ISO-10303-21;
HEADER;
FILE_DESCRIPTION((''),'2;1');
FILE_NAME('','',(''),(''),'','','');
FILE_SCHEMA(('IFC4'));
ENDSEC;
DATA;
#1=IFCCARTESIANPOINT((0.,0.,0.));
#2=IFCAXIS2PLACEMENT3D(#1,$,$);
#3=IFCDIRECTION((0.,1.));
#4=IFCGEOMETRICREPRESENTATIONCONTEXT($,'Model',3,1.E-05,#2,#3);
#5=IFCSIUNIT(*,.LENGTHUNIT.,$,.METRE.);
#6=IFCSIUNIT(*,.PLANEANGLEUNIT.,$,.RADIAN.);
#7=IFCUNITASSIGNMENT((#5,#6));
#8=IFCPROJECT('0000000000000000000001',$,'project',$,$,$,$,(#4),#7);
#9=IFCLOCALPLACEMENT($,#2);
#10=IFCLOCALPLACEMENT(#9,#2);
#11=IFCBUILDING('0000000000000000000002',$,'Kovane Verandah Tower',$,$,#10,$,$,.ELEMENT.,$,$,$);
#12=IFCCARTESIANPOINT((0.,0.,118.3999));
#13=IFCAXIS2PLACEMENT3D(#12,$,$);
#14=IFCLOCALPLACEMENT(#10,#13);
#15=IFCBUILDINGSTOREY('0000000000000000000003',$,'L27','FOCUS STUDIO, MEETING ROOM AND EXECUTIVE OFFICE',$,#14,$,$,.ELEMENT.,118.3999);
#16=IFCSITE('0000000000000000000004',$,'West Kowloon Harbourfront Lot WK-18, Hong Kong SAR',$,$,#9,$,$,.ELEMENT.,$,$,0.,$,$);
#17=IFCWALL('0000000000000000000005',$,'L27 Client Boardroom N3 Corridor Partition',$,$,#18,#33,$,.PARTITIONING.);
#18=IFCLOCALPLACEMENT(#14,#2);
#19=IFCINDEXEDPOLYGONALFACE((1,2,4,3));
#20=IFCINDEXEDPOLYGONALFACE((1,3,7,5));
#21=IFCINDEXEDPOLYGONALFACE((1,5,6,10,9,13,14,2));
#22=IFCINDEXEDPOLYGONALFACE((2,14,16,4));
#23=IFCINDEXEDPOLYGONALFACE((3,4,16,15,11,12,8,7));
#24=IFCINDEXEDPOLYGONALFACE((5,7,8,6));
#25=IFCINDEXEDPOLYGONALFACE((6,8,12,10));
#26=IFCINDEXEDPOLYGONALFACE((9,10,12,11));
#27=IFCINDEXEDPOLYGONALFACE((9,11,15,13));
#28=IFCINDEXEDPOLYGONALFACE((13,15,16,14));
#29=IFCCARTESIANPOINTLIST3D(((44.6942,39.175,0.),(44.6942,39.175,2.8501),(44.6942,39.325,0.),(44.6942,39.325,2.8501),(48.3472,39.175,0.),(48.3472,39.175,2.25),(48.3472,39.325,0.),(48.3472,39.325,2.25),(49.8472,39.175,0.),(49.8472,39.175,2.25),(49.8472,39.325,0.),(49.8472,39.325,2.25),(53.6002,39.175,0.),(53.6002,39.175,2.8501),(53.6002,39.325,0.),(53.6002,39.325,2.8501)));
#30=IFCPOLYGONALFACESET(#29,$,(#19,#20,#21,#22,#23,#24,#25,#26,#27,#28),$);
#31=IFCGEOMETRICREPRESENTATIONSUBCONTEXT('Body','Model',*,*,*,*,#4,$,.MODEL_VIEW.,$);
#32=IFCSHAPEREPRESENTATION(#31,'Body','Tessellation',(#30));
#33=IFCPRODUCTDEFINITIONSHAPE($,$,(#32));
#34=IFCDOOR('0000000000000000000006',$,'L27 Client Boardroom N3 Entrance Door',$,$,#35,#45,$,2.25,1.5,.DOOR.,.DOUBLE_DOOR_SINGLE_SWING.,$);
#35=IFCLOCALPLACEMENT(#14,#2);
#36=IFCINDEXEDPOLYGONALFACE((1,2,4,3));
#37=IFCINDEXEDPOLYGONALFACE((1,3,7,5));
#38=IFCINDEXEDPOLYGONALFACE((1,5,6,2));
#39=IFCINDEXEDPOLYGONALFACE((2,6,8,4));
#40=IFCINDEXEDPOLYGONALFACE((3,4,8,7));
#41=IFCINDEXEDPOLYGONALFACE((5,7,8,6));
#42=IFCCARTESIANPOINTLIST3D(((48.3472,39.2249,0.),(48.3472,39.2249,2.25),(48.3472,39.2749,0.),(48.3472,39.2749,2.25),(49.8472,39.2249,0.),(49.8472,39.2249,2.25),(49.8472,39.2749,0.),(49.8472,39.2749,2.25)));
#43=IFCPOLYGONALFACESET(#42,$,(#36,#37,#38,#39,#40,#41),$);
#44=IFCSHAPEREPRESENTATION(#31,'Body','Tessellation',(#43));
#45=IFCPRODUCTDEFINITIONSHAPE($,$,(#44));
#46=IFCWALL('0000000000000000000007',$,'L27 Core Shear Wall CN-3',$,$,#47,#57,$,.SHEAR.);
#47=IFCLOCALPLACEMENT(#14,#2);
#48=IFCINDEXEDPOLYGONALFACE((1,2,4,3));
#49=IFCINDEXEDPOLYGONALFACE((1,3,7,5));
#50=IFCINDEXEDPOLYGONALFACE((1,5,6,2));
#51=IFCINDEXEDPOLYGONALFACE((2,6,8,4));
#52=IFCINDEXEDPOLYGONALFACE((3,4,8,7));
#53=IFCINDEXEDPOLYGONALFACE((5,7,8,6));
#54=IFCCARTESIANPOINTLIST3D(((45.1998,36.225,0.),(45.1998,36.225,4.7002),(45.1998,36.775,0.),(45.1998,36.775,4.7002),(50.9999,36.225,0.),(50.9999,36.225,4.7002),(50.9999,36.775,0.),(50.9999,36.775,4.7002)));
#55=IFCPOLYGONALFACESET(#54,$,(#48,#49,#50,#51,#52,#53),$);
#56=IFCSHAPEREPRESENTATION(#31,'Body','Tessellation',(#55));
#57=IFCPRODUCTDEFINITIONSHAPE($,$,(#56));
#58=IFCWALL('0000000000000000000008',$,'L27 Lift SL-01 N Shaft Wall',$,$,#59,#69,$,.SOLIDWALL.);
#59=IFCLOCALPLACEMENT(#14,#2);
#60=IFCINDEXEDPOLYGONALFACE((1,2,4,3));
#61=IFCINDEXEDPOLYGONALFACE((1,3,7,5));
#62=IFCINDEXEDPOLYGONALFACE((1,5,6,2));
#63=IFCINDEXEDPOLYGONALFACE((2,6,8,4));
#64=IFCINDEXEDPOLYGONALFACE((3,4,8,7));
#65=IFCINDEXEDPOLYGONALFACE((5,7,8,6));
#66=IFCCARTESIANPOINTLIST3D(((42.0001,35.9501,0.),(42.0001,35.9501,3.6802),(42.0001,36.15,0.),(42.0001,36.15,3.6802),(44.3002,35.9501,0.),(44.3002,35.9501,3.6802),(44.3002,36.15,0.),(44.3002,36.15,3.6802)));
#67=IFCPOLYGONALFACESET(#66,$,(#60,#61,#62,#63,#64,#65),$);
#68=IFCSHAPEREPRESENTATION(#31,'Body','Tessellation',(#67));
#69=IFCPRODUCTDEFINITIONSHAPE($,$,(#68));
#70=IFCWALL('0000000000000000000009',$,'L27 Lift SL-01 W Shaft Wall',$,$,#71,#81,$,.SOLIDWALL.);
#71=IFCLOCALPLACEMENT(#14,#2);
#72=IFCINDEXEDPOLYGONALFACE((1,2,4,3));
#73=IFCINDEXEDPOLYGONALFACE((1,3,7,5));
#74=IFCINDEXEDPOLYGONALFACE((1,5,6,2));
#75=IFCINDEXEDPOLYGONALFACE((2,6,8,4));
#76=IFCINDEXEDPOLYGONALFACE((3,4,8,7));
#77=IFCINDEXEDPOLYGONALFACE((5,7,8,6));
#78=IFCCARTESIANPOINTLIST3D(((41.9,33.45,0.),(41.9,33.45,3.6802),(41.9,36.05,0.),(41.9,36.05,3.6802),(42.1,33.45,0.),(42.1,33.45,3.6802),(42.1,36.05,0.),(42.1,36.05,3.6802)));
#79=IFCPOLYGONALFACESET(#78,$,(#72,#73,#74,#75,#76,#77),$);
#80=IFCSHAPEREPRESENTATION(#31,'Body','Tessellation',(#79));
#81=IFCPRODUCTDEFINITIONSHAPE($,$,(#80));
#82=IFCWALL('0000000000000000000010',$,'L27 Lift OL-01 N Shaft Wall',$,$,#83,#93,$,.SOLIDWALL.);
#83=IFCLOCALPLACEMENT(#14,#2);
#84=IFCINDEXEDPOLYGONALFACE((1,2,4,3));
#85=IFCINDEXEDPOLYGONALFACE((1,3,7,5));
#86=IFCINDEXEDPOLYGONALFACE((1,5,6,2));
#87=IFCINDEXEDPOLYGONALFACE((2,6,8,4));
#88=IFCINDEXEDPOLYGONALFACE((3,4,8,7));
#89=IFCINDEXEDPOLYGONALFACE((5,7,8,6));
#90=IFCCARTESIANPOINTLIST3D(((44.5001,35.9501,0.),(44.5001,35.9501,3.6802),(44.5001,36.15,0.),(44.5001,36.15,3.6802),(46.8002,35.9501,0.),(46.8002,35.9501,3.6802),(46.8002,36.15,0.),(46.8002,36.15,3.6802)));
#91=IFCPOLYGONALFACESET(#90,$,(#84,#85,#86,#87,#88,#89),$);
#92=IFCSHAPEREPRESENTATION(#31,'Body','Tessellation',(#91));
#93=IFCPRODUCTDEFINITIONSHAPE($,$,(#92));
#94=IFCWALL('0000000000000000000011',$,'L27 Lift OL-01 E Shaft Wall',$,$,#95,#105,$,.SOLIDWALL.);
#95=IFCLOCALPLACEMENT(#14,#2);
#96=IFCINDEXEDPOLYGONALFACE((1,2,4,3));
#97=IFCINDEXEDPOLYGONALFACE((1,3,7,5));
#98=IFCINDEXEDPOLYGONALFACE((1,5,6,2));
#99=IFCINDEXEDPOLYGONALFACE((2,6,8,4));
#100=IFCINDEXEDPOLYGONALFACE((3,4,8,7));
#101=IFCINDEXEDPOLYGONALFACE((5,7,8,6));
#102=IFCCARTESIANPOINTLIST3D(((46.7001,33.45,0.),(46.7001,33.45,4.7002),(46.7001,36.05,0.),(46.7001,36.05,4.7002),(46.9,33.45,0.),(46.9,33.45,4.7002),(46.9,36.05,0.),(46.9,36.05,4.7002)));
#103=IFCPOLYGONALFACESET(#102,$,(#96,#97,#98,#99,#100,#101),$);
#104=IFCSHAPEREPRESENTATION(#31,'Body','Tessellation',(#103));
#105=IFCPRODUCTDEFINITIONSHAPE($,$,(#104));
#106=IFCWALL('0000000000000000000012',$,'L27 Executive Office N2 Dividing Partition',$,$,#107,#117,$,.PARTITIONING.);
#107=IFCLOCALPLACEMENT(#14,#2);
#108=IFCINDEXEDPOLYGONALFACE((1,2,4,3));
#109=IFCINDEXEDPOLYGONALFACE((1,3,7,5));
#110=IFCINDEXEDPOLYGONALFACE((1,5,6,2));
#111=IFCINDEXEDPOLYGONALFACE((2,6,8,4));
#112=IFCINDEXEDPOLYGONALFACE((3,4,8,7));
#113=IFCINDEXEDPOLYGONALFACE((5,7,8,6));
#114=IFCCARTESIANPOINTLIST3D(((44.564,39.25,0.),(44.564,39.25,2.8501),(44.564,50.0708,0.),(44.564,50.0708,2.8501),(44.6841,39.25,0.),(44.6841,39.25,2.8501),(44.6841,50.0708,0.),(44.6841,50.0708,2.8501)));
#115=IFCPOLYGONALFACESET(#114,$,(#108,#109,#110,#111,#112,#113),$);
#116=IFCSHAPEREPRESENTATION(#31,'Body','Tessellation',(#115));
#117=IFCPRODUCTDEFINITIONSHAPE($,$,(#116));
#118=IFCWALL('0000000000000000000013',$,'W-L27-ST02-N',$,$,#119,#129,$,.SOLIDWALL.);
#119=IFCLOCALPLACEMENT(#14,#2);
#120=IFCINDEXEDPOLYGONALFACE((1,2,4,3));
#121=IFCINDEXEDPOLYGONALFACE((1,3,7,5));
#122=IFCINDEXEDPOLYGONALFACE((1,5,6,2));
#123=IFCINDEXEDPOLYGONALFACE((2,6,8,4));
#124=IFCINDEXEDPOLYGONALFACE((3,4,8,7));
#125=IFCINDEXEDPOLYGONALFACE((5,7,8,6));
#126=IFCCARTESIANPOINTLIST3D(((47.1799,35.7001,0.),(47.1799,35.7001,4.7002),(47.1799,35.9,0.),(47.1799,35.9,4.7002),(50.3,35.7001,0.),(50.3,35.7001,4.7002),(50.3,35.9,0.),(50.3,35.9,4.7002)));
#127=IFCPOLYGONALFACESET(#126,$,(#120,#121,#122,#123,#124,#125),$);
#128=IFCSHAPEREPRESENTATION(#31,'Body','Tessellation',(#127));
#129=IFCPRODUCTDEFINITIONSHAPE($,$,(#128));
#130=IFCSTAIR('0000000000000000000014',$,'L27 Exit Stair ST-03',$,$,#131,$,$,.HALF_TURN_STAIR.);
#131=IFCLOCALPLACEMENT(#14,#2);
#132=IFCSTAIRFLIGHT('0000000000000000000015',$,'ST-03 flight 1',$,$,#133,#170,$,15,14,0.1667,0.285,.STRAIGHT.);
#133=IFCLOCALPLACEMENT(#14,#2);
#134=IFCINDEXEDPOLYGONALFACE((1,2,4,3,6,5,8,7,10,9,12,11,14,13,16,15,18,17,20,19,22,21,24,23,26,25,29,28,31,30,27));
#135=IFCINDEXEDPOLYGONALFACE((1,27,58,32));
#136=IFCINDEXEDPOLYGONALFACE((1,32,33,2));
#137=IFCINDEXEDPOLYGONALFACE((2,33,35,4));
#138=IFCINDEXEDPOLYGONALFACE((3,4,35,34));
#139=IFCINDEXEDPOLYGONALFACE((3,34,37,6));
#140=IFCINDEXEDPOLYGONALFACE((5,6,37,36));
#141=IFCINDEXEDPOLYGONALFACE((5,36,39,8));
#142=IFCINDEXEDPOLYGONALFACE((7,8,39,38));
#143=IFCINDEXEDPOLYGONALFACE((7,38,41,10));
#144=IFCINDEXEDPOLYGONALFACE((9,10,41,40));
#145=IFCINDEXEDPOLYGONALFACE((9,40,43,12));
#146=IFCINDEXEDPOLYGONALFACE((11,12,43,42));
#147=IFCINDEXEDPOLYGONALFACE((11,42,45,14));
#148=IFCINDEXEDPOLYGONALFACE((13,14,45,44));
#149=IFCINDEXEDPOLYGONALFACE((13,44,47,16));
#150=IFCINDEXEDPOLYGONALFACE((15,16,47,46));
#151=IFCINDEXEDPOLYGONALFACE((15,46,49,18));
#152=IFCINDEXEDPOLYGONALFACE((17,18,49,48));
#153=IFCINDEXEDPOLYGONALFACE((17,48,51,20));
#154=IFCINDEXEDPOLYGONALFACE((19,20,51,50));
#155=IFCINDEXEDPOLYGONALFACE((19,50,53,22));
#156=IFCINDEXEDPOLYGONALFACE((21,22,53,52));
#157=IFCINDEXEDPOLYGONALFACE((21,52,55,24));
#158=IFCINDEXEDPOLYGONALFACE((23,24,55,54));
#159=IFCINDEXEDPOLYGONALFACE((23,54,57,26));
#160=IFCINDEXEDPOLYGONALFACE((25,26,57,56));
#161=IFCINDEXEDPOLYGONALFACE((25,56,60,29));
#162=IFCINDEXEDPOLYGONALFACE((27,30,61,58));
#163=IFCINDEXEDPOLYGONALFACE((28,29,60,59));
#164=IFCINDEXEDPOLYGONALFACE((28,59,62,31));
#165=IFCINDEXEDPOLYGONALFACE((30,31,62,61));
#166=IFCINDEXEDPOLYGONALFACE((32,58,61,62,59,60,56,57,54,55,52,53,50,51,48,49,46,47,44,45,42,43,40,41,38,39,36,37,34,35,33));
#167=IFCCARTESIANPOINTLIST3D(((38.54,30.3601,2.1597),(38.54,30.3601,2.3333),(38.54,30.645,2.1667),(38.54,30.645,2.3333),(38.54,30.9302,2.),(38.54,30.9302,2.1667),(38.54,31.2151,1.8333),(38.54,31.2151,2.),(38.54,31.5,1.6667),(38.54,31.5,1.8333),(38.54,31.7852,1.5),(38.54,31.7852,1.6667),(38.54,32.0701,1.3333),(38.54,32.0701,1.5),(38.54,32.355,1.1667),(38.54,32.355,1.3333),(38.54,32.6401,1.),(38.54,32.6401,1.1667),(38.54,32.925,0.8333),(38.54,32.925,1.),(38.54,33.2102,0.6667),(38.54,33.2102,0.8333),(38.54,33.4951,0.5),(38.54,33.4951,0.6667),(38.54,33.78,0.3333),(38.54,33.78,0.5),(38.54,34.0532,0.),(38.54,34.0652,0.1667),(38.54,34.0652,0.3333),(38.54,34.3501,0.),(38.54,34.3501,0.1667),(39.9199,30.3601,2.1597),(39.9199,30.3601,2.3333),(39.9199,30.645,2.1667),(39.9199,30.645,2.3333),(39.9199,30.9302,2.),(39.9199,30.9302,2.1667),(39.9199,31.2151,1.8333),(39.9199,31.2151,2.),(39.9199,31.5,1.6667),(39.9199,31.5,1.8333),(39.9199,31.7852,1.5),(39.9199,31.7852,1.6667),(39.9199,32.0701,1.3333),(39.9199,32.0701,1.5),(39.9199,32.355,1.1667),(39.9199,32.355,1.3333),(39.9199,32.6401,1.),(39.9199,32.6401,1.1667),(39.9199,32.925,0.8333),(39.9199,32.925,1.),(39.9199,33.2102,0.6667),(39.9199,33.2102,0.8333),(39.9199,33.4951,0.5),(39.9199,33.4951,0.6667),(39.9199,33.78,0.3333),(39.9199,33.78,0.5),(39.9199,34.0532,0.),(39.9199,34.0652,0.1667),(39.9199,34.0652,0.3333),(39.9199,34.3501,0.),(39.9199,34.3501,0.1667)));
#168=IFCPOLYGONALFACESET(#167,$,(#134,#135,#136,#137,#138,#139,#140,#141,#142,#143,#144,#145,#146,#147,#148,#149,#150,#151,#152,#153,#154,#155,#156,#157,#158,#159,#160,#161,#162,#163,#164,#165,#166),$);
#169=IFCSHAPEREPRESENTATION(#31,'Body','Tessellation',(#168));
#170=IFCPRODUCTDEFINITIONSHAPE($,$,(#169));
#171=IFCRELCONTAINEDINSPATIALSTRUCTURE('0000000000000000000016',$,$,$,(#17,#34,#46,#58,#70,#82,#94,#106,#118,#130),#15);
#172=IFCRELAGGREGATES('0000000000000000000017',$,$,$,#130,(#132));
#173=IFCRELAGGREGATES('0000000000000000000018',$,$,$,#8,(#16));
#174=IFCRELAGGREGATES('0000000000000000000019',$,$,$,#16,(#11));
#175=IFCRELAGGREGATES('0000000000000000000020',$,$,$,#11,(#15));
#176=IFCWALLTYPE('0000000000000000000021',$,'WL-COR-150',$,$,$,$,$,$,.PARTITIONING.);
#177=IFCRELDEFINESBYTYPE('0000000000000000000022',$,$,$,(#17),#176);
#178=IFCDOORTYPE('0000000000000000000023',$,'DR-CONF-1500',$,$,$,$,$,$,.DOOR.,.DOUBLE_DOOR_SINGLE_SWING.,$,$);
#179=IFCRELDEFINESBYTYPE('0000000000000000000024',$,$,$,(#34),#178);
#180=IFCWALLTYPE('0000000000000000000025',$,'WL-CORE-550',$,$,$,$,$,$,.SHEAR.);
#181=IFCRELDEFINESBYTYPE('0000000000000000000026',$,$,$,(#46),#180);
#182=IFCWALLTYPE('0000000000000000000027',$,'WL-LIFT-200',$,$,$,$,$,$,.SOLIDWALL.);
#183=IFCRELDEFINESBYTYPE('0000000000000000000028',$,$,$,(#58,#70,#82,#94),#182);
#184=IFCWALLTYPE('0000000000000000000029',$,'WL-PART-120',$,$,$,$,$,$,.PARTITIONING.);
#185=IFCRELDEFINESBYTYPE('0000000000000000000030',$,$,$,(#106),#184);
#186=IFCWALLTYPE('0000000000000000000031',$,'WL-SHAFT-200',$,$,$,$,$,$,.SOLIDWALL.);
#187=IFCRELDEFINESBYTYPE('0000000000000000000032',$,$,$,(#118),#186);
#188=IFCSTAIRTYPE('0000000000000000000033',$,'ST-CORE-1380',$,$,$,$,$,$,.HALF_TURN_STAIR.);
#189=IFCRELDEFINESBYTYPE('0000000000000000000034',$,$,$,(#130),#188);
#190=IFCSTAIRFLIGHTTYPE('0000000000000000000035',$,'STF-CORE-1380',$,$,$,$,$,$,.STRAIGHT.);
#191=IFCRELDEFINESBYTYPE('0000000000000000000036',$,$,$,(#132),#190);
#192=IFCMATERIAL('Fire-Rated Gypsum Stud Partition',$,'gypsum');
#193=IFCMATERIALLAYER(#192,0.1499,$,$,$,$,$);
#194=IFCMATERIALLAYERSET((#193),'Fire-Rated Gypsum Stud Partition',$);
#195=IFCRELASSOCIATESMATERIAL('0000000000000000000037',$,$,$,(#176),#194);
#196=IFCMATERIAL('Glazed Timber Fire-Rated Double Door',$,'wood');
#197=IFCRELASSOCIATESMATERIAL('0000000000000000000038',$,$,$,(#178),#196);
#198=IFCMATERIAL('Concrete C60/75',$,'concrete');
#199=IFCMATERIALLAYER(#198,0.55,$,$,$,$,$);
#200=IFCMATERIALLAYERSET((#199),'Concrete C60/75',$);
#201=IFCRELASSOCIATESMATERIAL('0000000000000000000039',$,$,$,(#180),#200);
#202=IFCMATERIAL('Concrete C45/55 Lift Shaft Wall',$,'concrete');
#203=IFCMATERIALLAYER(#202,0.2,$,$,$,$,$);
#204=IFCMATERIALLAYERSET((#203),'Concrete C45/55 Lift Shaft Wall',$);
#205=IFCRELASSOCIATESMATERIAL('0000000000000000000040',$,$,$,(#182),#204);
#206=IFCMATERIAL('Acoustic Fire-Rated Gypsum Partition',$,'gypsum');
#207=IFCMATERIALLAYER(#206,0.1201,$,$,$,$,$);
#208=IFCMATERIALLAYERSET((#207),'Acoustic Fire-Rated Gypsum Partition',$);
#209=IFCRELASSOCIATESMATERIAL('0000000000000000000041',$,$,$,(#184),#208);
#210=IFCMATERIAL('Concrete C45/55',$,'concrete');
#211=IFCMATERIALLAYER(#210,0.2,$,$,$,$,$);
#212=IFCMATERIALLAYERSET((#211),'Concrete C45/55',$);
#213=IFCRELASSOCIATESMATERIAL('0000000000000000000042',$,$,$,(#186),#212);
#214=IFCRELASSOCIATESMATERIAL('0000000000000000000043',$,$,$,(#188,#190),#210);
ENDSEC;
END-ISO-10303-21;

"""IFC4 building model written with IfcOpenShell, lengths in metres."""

from ifc_helpers import new_model, si_unit, direction, frame, frame_2d, origin, place, context, subcontext, project, spatial, polyline, rectangle, outline, extrude, material, layer, layer_set, type_object, element, fill, aggregate, save


model = new_model("IFC4")

# Units and contexts
model_context = context("Model", 3, precision=1e-05, world=origin(), true_north=direction((0.0, 1.0)))
body_context = subcontext(model_context, "Body", "Model", "MODEL_VIEW")
ifc_project = project(units=[si_unit("LENGTHUNIT", "METRE"), si_unit("PLANEANGLEUNIT", "RADIAN")], contexts=[model_context])

# Site, building, storey
site_placement = place(None, origin())
site = spatial("IfcSite", under=ifc_project, at=site_placement, Name="West Kowloon Harbourfront Lot WK-18, Hong Kong SAR", CompositionType="ELEMENT", RefElevation=0.0)
building_placement = place(site_placement, origin())
building = spatial("IfcBuilding", under=site, at=building_placement, Name="Kovane Verandah Tower", CompositionType="ELEMENT")
storey_placement = place(building_placement, frame((0.0, 0.0, 118.3999)))
storey = spatial("IfcBuildingStorey", under=building, at=storey_placement, Name="L27", Description="FOCUS STUDIO, MEETING ROOM AND EXECUTIVE OFFICE", CompositionType="ELEMENT", Elevation=118.3999)

# Shared definitions
ifc_material_1 = material(Name="Concrete C60/75", Category="concrete")

# Wall, opening, door
ifc_material_2 = material(Name="Fire-Rated Gypsum Stud Partition", Category="gypsum")
ifc_layer_1 = layer(ifc_material_2, 0.1499)
ifc_layer_set_1 = layer_set([ifc_layer_1], Name="Fire-Rated Gypsum Stud Partition")
wall_type_1 = type_object("IfcWallType", Name="WL-COR-150", PredefinedType="PARTITIONING", material=ifc_layer_set_1)
wall_1_placement = place(storey_placement, frame((44.6941, 39.25, 0.0), z_axis=(0.0, 0.0, 1.0), x_axis=(1.0, 0.0, 0.0)))
wall_1 = element("IfcWall", 1, at=wall_1_placement, inside=storey, type_object=wall_type_1, Name="L27 Client Boardroom N3 Corridor Partition", PredefinedType="PARTITIONING", context=body_context, shape_type="SweptSolid", body=[
    extrude(rectangle(XDim=8.906, YDim=0.1499, at=frame_2d((4.4531, 0.0))), origin(), (0.0, 0.0, 1.0), 2.8501),
])
opening_placement = place(wall_1_placement, frame((3.6531, 0.0, 0.0)))
opening = element("IfcOpeningElement", 2, at=opening_placement, cuts=wall_1, PredefinedType="OPENING", context=body_context, shape_type="SweptSolid", body=[
    extrude(rectangle(XDim=1.5, YDim=2.25, at=frame_2d((0.75, 1.125))), frame((0.0, 0.075, 0.0), z_axis=(0.0, -1.0, 0.0), x_axis=(1.0, 0.0, 0.0)), (0.0, 0.0, 1.0), 0.1499),
])
ifc_material_3 = material(Name="Glazed Timber Fire-Rated Double Door", Category="wood")
door_type = type_object("IfcDoorType", Name="DR-CONF-1500", OperationType="DOUBLE_DOOR_SINGLE_SWING", PredefinedType="DOOR", material=ifc_material_3)
door_placement = place(opening_placement, origin())
door = element("IfcDoor", 3, at=door_placement, inside=storey, type_object=door_type, Name="L27 Client Boardroom N3 Entrance Door", OperationType="DOUBLE_DOOR_SINGLE_SWING", OverallHeight=2.25, OverallWidth=1.5, PredefinedType="DOOR", context=body_context, shape_type="SweptSolid", body=[
    extrude(rectangle(XDim=1.5, YDim=2.25, at=frame_2d((0.75, 1.125))), frame((0.0, 0.0249, 0.0), z_axis=(0.0, -1.0, 0.0), x_axis=(1.0, 0.0, 0.0)), (0.0, 0.0, 1.0), 0.05),
])
fill(opening, door)

# Walls
ifc_layer_2 = layer(ifc_material_1, 0.55)
ifc_layer_set_2 = layer_set([ifc_layer_2], Name="Concrete C60/75")
wall_type_2 = type_object("IfcWallType", Name="WL-CORE-550", PredefinedType="SHEAR", material=ifc_layer_set_2)
wall_2_placement = place(storey_placement, frame((45.2, 36.5, 0.0), z_axis=(0.0, 0.0, 1.0), x_axis=(1.0, 0.0, 0.0)))
element("IfcWall", 4, at=wall_2_placement, inside=storey, type_object=wall_type_2, Name="L27 Core Shear Wall CN-3", PredefinedType="SHEAR", context=body_context, shape_type="SweptSolid", body=[
    extrude(rectangle(XDim=5.8, YDim=0.55, at=frame_2d((2.8999, 0.0))), origin(), (0.0, 0.0, 1.0), 4.7002),
])
ifc_material_4 = material(Name="Concrete C45/55 Lift Shaft Wall", Category="concrete")
ifc_layer_3 = layer(ifc_material_4, 0.2)
ifc_layer_set_3 = layer_set([ifc_layer_3], Name="Concrete C45/55 Lift Shaft Wall")
wall_type_3 = type_object("IfcWallType", Name="WL-LIFT-200", PredefinedType="SOLIDWALL", material=ifc_layer_set_3)
wall_3_placement = place(storey_placement, frame((44.3, 36.05, 0.0), z_axis=(0.0, 0.0, 1.0), x_axis=(-1.0, 0.0, 0.0)))
element("IfcWall", 5, at=wall_3_placement, inside=storey, type_object=wall_type_3, Name="L27 Lift SL-01 N Shaft Wall", PredefinedType="SOLIDWALL", context=body_context, shape_type="SweptSolid", body=[
    extrude(rectangle(XDim=2.3, YDim=0.2, at=frame_2d((1.1499, 0.0))), origin(), (0.0, 0.0, 1.0), 3.6802),
])
wall_4_placement = place(storey_placement, frame((42.0, 36.05, 0.0), z_axis=(0.0, 0.0, 1.0), x_axis=(0.0, -1.0, 0.0)))
element("IfcWall", 6, at=wall_4_placement, inside=storey, type_object=wall_type_3, Name="L27 Lift SL-01 W Shaft Wall", PredefinedType="SOLIDWALL", context=body_context, shape_type="SweptSolid", body=[
    extrude(rectangle(XDim=2.6001, YDim=0.2, at=frame_2d((1.3, 0.0))), origin(), (0.0, 0.0, 1.0), 3.6802),
])
wall_5_placement = place(storey_placement, frame((46.8, 36.05, 0.0), z_axis=(0.0, 0.0, 1.0), x_axis=(-1.0, 0.0, 0.0)))
element("IfcWall", 7, at=wall_5_placement, inside=storey, type_object=wall_type_3, Name="L27 Lift OL-01 N Shaft Wall", PredefinedType="SOLIDWALL", context=body_context, shape_type="SweptSolid", body=[
    extrude(rectangle(XDim=2.3, YDim=0.2, at=frame_2d((1.1499, 0.0))), origin(), (0.0, 0.0, 1.0), 3.6802),
])
wall_6_placement = place(storey_placement, frame((46.8, 33.45, 0.0), z_axis=(0.0, 0.0, 1.0), x_axis=(0.0, 1.0, 0.0)))
element("IfcWall", 8, at=wall_6_placement, inside=storey, type_object=wall_type_3, Name="L27 Lift OL-01 E Shaft Wall", PredefinedType="SOLIDWALL", context=body_context, shape_type="SweptSolid", body=[
    extrude(rectangle(XDim=2.6001, YDim=0.2, at=frame_2d((1.3, 0.0))), origin(), (0.0, 0.0, 1.0), 4.7002),
])
ifc_material_5 = material(Name="Acoustic Fire-Rated Gypsum Partition", Category="gypsum")
ifc_layer_4 = layer(ifc_material_5, 0.1201)
ifc_layer_set_4 = layer_set([ifc_layer_4], Name="Acoustic Fire-Rated Gypsum Partition")
wall_type_4 = type_object("IfcWallType", Name="WL-PART-120", PredefinedType="PARTITIONING", material=ifc_layer_set_4)
wall_7_placement = place(storey_placement, frame((44.624, 39.25, 0.0), z_axis=(0.0, 0.0, 1.0), x_axis=(0.0, 1.0, 0.0)))
element("IfcWall", 9, at=wall_7_placement, inside=storey, type_object=wall_type_4, Name="L27 Executive Office N2 Dividing Partition", PredefinedType="PARTITIONING", context=body_context, shape_type="SweptSolid", body=[
    extrude(rectangle(XDim=10.8208, YDim=0.1201, at=frame_2d((5.4104, 0.0))), origin(), (0.0, 0.0, 1.0), 2.8501),
])
ifc_material_6 = material(Name="Concrete C45/55", Category="concrete")
ifc_layer_5 = layer(ifc_material_6, 0.2)
ifc_layer_set_5 = layer_set([ifc_layer_5], Name="Concrete C45/55")
wall_type_5 = type_object("IfcWallType", Name="WL-SHAFT-200", PredefinedType="SOLIDWALL", material=ifc_layer_set_5)
wall_8_placement = place(storey_placement, frame((47.1799, 35.8, 0.0), z_axis=(0.0, 0.0, 1.0), x_axis=(1.0, 0.0, 0.0)))
element("IfcWall", 10, at=wall_8_placement, inside=storey, type_object=wall_type_5, Name="W-L27-ST02-N", PredefinedType="SOLIDWALL", context=body_context, shape_type="SweptSolid", body=[
    extrude(rectangle(XDim=3.1201, YDim=0.2, at=frame_2d((1.5601, 0.0))), origin(), (0.0, 0.0, 1.0), 4.7002),
])

# Stair, stair flight
stair_type = type_object("IfcStairType", Name="ST-CORE-1380", PredefinedType="HALF_TURN_STAIR", material=ifc_material_6)
stair_placement = place(storey_placement, origin())
stair = element("IfcStair", 11, at=stair_placement, inside=storey, type_object=stair_type, Name="L27 Exit Stair ST-03", PredefinedType="HALF_TURN_STAIR")
stair_flight_type = type_object("IfcStairFlightType", Name="STF-CORE-1380", PredefinedType="STRAIGHT", material=ifc_material_6)
stair_flight_placement = place(storey_placement, frame((39.23, 34.3501, 0.0), z_axis=(0.0, 0.0, 1.0), x_axis=(0.0, -1.0, 0.0)))
stair_flight = element("IfcStairFlight", 12, at=stair_flight_placement, type_object=stair_flight_type, Name="ST-03 flight 1", NumberOfRisers=15, NumberOfTreads=14, PredefinedType="STRAIGHT", RiserHeight=0.1667, TreadLength=0.285, context=body_context, shape_type="SweptSolid", body=[
    extrude(outline(polyline([(0.0, 0.0), (0.0, 0.1667), (0.2849, 0.1667), (0.2849, 0.3333), (0.5701, 0.3333), (0.5701, 0.5), (0.855, 0.5), (0.855, 0.6667), (1.1399, 0.6667), (1.1399, 0.8333), (1.425, 0.8333), (1.425, 1.0), (1.71, 1.0), (1.71, 1.1667), (1.9951, 1.1667), (1.9951, 1.3333), (2.28, 1.3333), (2.28, 1.5), (2.5649, 1.5), (2.5649, 1.6667), (2.8501, 1.6667), (2.8501, 1.8333), (3.135, 1.8333), (3.135, 2.0), (3.4199, 2.0), (3.4199, 2.1667), (3.7051, 2.1667), (3.7051, 2.3333), (3.99, 2.3333), (3.99, 2.5), (3.99, 2.1597), (0.2969, 0.0), (0.0, 0.0)])), frame((0.0, 0.6899, 0.0), z_axis=(0.0, -1.0, 0.0), x_axis=(1.0, 0.0, 0.0)), (0.0, 0.0, 1.0), 1.3799),
])
aggregate(stair, [stair_flight])

save(model, "model.ifc")
